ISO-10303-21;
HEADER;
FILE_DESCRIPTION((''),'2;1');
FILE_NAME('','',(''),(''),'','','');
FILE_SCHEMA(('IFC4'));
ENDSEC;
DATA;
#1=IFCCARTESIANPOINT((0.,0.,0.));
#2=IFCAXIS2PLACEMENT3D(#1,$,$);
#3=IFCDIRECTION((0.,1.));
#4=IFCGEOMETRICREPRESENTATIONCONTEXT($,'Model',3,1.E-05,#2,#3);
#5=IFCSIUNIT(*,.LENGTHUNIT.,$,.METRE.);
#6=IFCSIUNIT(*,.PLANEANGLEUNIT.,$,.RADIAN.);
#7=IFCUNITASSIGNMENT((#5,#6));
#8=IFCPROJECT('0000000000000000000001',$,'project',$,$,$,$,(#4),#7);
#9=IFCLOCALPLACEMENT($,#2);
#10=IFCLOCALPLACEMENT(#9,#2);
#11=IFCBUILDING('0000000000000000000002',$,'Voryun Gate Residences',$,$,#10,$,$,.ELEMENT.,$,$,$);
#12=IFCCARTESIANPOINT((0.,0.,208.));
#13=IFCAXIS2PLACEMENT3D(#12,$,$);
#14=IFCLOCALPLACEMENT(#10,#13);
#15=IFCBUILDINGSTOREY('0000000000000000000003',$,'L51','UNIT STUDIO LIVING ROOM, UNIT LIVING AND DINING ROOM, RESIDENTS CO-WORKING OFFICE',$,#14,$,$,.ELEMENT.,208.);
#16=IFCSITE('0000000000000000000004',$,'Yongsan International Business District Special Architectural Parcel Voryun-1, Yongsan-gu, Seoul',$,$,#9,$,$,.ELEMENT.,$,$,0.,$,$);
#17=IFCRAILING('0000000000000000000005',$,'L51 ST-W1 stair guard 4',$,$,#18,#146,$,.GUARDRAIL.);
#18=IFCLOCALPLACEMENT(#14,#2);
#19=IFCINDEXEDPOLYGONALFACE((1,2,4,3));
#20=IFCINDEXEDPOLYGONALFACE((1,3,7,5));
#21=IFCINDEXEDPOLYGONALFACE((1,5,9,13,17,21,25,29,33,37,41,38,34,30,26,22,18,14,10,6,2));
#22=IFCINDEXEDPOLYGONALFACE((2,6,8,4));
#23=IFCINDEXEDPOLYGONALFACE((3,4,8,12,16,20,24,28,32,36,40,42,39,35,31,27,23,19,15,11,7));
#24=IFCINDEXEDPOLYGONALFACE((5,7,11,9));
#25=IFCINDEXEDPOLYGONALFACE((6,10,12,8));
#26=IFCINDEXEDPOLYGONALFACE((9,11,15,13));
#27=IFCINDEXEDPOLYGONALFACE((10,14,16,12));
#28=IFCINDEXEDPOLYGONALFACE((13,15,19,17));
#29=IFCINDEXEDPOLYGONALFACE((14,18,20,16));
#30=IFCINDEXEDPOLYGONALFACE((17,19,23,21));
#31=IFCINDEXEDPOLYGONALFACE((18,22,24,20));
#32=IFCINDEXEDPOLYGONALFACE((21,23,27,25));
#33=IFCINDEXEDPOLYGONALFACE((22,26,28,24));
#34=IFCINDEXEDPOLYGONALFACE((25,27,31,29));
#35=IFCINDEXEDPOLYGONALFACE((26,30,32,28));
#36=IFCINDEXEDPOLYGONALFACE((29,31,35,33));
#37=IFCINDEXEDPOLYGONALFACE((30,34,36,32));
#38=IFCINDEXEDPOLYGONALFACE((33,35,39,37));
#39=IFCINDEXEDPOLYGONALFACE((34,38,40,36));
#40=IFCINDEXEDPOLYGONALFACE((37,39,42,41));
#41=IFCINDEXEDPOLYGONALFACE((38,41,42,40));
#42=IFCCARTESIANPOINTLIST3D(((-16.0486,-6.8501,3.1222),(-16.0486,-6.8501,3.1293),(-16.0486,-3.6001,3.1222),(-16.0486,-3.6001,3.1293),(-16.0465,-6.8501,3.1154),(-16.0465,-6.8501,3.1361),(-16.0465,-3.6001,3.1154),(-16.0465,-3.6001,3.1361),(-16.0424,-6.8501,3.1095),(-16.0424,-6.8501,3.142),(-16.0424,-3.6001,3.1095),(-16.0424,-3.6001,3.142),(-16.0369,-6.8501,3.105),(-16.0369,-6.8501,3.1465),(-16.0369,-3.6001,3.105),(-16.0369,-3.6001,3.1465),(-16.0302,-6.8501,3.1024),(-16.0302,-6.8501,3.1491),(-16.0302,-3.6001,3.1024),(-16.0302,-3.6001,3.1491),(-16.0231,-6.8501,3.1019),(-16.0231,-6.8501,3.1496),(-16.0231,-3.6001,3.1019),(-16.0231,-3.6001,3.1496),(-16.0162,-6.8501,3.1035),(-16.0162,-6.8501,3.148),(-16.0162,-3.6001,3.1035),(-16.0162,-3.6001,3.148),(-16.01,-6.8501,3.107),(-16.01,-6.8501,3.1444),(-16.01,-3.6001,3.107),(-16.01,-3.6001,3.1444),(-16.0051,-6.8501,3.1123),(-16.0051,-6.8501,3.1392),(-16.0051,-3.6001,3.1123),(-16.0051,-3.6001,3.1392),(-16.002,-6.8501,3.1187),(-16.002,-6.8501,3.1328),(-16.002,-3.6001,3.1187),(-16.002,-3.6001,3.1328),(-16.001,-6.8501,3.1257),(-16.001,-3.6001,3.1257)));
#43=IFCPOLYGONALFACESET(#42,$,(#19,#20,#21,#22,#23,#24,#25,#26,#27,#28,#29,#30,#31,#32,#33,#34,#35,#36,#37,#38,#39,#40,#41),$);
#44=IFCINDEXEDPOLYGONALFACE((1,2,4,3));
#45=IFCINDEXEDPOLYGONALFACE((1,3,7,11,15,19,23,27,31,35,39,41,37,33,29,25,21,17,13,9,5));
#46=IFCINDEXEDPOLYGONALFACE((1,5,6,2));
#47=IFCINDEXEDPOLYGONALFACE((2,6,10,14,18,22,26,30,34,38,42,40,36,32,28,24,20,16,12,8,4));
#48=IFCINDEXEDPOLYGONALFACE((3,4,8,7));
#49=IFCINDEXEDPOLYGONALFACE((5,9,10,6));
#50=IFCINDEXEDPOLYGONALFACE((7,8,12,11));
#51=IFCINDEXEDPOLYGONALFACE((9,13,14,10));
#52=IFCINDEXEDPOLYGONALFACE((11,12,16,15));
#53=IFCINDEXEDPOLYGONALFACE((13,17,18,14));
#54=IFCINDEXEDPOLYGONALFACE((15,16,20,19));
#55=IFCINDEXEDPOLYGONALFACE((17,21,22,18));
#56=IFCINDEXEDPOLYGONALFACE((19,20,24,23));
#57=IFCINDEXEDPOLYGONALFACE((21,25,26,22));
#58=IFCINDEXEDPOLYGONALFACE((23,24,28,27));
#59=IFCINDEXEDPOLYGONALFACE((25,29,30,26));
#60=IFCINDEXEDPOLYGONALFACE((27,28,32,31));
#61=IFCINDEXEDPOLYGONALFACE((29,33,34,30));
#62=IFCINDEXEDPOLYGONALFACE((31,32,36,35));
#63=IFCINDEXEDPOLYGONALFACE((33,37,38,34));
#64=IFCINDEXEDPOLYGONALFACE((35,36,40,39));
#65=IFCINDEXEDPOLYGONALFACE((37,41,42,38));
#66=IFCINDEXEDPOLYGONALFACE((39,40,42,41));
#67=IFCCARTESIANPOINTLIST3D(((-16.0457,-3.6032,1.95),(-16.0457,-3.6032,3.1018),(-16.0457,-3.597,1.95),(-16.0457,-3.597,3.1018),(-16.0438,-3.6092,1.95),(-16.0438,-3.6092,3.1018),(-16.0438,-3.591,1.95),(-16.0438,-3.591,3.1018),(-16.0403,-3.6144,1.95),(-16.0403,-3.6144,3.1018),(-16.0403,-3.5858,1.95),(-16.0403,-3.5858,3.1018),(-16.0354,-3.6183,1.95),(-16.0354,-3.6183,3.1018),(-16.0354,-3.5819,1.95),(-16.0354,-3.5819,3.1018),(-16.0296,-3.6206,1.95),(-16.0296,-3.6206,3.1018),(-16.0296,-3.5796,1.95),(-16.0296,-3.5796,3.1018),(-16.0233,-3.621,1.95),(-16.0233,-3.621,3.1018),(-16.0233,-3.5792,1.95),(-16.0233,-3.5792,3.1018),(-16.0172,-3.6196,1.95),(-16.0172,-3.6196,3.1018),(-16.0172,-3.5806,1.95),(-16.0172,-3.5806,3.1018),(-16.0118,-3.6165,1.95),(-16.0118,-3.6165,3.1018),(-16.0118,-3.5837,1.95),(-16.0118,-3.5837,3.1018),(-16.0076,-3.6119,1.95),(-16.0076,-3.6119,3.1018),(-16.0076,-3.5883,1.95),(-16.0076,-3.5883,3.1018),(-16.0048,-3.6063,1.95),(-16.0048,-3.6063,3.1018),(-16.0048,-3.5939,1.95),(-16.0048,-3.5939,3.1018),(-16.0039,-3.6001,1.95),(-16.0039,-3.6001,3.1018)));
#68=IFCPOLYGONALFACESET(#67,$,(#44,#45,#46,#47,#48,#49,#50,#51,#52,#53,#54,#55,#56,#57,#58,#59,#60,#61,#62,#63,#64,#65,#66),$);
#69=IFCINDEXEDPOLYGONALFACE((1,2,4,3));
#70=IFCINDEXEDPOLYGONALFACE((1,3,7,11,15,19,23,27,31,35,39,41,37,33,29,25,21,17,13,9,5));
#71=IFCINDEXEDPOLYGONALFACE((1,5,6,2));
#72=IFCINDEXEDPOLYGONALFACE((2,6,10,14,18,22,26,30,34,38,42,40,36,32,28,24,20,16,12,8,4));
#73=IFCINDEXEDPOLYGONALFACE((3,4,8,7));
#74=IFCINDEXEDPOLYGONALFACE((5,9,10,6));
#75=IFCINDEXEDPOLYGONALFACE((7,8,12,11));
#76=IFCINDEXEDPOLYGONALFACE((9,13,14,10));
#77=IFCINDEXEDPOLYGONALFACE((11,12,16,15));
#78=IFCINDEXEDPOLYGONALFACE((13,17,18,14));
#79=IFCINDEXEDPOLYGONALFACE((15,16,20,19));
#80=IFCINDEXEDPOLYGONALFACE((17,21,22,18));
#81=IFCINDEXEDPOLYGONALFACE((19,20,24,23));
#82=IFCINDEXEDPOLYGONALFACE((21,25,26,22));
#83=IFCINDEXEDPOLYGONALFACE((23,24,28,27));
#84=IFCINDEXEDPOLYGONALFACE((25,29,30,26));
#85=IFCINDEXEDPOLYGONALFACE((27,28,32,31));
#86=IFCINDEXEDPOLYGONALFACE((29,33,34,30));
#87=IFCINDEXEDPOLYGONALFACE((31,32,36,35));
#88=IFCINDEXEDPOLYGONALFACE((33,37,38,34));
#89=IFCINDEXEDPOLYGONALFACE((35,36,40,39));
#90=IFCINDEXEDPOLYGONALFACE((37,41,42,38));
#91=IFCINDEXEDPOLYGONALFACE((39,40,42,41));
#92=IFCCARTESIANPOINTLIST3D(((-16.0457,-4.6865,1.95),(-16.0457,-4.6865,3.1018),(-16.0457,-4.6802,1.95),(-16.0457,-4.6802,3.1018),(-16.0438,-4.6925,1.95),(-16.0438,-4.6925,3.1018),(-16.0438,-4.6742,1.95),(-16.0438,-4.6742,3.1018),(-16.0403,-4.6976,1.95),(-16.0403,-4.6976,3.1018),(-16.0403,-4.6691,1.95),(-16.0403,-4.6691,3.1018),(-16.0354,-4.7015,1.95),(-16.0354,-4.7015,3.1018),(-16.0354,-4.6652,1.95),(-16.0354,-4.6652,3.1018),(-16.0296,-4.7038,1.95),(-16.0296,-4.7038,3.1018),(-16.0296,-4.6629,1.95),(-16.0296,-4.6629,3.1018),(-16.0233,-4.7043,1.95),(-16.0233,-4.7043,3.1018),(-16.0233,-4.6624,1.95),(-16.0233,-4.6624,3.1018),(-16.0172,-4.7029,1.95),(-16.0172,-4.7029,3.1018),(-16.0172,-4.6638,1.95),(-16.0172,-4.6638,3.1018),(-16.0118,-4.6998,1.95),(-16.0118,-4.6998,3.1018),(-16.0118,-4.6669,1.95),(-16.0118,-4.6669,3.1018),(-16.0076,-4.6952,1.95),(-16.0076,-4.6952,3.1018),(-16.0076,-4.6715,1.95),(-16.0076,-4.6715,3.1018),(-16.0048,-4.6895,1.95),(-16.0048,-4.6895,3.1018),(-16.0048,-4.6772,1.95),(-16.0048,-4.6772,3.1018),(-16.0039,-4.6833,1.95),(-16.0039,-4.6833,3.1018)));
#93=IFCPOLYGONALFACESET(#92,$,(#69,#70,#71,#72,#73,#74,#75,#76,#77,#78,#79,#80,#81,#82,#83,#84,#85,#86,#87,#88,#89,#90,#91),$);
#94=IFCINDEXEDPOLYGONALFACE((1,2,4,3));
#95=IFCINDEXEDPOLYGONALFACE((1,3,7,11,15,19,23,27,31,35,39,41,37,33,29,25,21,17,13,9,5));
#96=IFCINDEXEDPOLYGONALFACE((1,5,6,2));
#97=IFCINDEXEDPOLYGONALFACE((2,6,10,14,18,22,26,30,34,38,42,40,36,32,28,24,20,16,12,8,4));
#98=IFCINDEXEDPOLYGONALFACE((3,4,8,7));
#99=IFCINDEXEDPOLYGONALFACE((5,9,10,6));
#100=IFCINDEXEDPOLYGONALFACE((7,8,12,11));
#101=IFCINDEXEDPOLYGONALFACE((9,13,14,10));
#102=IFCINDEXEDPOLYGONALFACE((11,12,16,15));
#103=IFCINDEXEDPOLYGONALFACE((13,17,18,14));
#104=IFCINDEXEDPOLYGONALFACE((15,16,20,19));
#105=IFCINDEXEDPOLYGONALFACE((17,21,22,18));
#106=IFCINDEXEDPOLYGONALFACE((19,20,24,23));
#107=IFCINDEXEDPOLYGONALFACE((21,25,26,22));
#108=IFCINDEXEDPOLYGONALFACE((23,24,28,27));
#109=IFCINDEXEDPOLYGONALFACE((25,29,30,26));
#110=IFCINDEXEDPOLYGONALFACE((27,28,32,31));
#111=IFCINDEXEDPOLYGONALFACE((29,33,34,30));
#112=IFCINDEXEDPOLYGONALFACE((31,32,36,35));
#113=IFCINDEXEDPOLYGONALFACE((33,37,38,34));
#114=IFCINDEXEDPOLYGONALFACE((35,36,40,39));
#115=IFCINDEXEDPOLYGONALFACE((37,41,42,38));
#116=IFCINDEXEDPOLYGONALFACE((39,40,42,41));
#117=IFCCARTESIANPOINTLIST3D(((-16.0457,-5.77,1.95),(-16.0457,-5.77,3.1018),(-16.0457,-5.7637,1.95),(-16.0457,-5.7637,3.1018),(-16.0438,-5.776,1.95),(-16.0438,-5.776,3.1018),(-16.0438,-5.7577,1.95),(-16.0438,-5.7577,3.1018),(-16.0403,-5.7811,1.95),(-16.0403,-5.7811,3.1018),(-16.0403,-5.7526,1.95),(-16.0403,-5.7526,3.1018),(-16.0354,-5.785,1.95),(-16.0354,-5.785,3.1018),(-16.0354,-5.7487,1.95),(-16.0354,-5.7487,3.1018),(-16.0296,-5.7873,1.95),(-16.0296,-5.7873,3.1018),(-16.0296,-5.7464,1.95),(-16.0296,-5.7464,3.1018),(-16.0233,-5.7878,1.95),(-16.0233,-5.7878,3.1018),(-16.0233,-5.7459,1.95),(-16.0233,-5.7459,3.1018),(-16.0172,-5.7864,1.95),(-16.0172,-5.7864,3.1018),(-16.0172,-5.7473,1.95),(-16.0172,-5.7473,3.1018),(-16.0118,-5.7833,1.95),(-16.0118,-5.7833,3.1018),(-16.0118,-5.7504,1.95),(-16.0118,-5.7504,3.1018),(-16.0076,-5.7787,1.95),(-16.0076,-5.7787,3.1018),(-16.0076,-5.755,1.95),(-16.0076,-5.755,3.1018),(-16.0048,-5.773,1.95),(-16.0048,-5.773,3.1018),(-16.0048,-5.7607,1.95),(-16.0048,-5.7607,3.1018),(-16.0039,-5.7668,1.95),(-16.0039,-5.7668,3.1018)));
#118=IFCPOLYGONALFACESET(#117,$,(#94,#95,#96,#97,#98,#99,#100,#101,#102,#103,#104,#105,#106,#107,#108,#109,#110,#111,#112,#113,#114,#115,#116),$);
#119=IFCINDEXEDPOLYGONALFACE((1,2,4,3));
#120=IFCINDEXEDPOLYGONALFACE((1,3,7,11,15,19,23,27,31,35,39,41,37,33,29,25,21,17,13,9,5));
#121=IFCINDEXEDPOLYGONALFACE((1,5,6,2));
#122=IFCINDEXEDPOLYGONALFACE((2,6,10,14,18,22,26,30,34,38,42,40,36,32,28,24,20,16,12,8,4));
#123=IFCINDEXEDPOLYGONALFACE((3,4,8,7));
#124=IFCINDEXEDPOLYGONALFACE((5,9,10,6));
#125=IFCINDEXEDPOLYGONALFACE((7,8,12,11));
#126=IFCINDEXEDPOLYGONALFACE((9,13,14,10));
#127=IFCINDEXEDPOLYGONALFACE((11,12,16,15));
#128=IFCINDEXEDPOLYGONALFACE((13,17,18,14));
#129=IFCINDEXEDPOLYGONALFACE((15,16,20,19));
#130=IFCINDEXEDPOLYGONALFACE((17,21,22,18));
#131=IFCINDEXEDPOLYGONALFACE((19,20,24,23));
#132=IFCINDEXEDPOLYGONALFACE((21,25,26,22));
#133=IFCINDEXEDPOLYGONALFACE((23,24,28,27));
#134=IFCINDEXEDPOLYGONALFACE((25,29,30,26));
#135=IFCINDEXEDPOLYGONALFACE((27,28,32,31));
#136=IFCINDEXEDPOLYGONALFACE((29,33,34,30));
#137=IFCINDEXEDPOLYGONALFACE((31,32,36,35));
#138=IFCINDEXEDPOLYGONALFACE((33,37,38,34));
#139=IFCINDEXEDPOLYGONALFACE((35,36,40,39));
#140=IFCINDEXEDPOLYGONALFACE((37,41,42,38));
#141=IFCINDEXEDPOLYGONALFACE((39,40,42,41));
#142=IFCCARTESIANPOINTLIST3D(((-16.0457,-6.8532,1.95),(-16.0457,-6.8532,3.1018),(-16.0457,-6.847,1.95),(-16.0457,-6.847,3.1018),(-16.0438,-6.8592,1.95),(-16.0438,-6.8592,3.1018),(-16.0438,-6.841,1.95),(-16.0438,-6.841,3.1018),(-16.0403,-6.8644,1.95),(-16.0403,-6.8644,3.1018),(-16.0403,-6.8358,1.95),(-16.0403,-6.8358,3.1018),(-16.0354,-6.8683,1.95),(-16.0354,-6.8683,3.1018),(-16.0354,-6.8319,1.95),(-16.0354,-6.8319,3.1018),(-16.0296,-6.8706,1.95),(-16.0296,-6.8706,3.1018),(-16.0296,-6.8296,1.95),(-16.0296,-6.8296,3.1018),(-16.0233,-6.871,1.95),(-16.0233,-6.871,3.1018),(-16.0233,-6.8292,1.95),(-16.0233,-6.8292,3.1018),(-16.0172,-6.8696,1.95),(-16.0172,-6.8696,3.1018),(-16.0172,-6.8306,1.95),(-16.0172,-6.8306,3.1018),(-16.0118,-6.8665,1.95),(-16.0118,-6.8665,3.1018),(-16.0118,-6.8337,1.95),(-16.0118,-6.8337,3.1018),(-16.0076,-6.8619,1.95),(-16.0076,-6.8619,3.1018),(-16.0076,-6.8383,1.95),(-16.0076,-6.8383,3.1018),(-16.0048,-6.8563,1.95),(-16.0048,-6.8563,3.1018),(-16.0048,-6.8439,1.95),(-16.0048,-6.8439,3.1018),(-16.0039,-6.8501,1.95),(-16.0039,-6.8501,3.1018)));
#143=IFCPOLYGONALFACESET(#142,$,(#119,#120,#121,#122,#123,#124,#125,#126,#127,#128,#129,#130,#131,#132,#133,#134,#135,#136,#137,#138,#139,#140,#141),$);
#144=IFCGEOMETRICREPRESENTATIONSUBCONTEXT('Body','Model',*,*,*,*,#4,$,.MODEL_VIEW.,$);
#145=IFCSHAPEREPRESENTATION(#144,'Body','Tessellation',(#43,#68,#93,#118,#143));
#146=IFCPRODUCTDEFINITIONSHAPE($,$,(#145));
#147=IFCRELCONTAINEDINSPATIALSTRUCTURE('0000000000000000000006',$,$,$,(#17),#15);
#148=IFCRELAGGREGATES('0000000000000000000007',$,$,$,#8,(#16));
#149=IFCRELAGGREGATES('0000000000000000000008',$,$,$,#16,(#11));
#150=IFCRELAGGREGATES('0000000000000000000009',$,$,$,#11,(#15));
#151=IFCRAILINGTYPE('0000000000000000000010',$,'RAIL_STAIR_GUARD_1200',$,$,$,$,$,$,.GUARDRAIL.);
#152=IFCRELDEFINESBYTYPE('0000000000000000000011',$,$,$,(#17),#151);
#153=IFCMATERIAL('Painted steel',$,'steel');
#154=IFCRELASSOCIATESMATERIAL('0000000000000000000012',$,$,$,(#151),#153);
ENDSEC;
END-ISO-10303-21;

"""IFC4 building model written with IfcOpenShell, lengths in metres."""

from ifc_helpers import new_model, si_unit, direction, frame, origin, origin_2d, place, context, subcontext, project, spatial, circle, extrude, material, type_object, element, save


model = new_model("IFC4")

# Units and contexts
model_context = context("Model", 3, precision=1e-05, world=origin(), true_north=direction((0.0, 1.0)))
body_context = subcontext(model_context, "Body", "Model", "MODEL_VIEW")
ifc_project = project(units=[si_unit("LENGTHUNIT", "METRE"), si_unit("PLANEANGLEUNIT", "RADIAN")], contexts=[model_context])

# Site, building, storey
site_placement = place(None, origin())
site = spatial("IfcSite", under=ifc_project, at=site_placement, Name="Yongsan International Business District Special Architectural Parcel Voryun-1, Yongsan-gu, Seoul", CompositionType="ELEMENT", RefElevation=0.0)
building_placement = place(site_placement, origin())
building = spatial("IfcBuilding", under=site, at=building_placement, Name="Voryun Gate Residences", CompositionType="ELEMENT")
storey_placement = place(building_placement, frame((0.0, 0.0, 208.0)))
storey = spatial("IfcBuildingStorey", under=building, at=storey_placement, Name="L51", Description="UNIT STUDIO LIVING ROOM, UNIT LIVING AND DINING ROOM, RESIDENTS CO-WORKING OFFICE", CompositionType="ELEMENT", Elevation=208.0)

# Railing
ifc_material_1 = material(Name="Painted steel", Category="steel")
railing_type_1 = type_object("IfcRailingType", Name="RAIL_STAIR_GUARD_1200", PredefinedType="GUARDRAIL", material=ifc_material_1)
for number, where, name in (
    (1, (-16.0249, -3.6001, 1.95), "L51 ST-W1 stair guard 4"),
):
    element("IfcRailing", number, at=place(storey_placement, frame(where)), inside=storey, type_object=railing_type_1, Name=name, PredefinedType="GUARDRAIL", context=body_context, shape_type="SweptSolid", body=[
        extrude(circle(Radius=0.0239, at=origin_2d()), frame((0.0, 0.0, 1.1758), z_axis=(0.0, -1.0, 0.0), x_axis=(1.0, 0.0, 0.0)), (0.0, 0.0, 1.0), 3.25),
        extrude(circle(Radius=0.021, at=origin_2d()), origin(), (0.0, 0.0, 1.0), 1.1519),
        extrude(circle(Radius=0.021, at=origin_2d()), frame((0.0, -1.0833, 0.0)), (0.0, 0.0, 1.0), 1.1519),
        extrude(circle(Radius=0.021, at=origin_2d()), frame((0.0, -2.1667, 0.0)), (0.0, 0.0, 1.0), 1.1519),
        extrude(circle(Radius=0.021, at=origin_2d()), frame((0.0, -3.25, 0.0)), (0.0, 0.0, 1.0), 1.1519),
    ])

save(model, "model.ifc")
